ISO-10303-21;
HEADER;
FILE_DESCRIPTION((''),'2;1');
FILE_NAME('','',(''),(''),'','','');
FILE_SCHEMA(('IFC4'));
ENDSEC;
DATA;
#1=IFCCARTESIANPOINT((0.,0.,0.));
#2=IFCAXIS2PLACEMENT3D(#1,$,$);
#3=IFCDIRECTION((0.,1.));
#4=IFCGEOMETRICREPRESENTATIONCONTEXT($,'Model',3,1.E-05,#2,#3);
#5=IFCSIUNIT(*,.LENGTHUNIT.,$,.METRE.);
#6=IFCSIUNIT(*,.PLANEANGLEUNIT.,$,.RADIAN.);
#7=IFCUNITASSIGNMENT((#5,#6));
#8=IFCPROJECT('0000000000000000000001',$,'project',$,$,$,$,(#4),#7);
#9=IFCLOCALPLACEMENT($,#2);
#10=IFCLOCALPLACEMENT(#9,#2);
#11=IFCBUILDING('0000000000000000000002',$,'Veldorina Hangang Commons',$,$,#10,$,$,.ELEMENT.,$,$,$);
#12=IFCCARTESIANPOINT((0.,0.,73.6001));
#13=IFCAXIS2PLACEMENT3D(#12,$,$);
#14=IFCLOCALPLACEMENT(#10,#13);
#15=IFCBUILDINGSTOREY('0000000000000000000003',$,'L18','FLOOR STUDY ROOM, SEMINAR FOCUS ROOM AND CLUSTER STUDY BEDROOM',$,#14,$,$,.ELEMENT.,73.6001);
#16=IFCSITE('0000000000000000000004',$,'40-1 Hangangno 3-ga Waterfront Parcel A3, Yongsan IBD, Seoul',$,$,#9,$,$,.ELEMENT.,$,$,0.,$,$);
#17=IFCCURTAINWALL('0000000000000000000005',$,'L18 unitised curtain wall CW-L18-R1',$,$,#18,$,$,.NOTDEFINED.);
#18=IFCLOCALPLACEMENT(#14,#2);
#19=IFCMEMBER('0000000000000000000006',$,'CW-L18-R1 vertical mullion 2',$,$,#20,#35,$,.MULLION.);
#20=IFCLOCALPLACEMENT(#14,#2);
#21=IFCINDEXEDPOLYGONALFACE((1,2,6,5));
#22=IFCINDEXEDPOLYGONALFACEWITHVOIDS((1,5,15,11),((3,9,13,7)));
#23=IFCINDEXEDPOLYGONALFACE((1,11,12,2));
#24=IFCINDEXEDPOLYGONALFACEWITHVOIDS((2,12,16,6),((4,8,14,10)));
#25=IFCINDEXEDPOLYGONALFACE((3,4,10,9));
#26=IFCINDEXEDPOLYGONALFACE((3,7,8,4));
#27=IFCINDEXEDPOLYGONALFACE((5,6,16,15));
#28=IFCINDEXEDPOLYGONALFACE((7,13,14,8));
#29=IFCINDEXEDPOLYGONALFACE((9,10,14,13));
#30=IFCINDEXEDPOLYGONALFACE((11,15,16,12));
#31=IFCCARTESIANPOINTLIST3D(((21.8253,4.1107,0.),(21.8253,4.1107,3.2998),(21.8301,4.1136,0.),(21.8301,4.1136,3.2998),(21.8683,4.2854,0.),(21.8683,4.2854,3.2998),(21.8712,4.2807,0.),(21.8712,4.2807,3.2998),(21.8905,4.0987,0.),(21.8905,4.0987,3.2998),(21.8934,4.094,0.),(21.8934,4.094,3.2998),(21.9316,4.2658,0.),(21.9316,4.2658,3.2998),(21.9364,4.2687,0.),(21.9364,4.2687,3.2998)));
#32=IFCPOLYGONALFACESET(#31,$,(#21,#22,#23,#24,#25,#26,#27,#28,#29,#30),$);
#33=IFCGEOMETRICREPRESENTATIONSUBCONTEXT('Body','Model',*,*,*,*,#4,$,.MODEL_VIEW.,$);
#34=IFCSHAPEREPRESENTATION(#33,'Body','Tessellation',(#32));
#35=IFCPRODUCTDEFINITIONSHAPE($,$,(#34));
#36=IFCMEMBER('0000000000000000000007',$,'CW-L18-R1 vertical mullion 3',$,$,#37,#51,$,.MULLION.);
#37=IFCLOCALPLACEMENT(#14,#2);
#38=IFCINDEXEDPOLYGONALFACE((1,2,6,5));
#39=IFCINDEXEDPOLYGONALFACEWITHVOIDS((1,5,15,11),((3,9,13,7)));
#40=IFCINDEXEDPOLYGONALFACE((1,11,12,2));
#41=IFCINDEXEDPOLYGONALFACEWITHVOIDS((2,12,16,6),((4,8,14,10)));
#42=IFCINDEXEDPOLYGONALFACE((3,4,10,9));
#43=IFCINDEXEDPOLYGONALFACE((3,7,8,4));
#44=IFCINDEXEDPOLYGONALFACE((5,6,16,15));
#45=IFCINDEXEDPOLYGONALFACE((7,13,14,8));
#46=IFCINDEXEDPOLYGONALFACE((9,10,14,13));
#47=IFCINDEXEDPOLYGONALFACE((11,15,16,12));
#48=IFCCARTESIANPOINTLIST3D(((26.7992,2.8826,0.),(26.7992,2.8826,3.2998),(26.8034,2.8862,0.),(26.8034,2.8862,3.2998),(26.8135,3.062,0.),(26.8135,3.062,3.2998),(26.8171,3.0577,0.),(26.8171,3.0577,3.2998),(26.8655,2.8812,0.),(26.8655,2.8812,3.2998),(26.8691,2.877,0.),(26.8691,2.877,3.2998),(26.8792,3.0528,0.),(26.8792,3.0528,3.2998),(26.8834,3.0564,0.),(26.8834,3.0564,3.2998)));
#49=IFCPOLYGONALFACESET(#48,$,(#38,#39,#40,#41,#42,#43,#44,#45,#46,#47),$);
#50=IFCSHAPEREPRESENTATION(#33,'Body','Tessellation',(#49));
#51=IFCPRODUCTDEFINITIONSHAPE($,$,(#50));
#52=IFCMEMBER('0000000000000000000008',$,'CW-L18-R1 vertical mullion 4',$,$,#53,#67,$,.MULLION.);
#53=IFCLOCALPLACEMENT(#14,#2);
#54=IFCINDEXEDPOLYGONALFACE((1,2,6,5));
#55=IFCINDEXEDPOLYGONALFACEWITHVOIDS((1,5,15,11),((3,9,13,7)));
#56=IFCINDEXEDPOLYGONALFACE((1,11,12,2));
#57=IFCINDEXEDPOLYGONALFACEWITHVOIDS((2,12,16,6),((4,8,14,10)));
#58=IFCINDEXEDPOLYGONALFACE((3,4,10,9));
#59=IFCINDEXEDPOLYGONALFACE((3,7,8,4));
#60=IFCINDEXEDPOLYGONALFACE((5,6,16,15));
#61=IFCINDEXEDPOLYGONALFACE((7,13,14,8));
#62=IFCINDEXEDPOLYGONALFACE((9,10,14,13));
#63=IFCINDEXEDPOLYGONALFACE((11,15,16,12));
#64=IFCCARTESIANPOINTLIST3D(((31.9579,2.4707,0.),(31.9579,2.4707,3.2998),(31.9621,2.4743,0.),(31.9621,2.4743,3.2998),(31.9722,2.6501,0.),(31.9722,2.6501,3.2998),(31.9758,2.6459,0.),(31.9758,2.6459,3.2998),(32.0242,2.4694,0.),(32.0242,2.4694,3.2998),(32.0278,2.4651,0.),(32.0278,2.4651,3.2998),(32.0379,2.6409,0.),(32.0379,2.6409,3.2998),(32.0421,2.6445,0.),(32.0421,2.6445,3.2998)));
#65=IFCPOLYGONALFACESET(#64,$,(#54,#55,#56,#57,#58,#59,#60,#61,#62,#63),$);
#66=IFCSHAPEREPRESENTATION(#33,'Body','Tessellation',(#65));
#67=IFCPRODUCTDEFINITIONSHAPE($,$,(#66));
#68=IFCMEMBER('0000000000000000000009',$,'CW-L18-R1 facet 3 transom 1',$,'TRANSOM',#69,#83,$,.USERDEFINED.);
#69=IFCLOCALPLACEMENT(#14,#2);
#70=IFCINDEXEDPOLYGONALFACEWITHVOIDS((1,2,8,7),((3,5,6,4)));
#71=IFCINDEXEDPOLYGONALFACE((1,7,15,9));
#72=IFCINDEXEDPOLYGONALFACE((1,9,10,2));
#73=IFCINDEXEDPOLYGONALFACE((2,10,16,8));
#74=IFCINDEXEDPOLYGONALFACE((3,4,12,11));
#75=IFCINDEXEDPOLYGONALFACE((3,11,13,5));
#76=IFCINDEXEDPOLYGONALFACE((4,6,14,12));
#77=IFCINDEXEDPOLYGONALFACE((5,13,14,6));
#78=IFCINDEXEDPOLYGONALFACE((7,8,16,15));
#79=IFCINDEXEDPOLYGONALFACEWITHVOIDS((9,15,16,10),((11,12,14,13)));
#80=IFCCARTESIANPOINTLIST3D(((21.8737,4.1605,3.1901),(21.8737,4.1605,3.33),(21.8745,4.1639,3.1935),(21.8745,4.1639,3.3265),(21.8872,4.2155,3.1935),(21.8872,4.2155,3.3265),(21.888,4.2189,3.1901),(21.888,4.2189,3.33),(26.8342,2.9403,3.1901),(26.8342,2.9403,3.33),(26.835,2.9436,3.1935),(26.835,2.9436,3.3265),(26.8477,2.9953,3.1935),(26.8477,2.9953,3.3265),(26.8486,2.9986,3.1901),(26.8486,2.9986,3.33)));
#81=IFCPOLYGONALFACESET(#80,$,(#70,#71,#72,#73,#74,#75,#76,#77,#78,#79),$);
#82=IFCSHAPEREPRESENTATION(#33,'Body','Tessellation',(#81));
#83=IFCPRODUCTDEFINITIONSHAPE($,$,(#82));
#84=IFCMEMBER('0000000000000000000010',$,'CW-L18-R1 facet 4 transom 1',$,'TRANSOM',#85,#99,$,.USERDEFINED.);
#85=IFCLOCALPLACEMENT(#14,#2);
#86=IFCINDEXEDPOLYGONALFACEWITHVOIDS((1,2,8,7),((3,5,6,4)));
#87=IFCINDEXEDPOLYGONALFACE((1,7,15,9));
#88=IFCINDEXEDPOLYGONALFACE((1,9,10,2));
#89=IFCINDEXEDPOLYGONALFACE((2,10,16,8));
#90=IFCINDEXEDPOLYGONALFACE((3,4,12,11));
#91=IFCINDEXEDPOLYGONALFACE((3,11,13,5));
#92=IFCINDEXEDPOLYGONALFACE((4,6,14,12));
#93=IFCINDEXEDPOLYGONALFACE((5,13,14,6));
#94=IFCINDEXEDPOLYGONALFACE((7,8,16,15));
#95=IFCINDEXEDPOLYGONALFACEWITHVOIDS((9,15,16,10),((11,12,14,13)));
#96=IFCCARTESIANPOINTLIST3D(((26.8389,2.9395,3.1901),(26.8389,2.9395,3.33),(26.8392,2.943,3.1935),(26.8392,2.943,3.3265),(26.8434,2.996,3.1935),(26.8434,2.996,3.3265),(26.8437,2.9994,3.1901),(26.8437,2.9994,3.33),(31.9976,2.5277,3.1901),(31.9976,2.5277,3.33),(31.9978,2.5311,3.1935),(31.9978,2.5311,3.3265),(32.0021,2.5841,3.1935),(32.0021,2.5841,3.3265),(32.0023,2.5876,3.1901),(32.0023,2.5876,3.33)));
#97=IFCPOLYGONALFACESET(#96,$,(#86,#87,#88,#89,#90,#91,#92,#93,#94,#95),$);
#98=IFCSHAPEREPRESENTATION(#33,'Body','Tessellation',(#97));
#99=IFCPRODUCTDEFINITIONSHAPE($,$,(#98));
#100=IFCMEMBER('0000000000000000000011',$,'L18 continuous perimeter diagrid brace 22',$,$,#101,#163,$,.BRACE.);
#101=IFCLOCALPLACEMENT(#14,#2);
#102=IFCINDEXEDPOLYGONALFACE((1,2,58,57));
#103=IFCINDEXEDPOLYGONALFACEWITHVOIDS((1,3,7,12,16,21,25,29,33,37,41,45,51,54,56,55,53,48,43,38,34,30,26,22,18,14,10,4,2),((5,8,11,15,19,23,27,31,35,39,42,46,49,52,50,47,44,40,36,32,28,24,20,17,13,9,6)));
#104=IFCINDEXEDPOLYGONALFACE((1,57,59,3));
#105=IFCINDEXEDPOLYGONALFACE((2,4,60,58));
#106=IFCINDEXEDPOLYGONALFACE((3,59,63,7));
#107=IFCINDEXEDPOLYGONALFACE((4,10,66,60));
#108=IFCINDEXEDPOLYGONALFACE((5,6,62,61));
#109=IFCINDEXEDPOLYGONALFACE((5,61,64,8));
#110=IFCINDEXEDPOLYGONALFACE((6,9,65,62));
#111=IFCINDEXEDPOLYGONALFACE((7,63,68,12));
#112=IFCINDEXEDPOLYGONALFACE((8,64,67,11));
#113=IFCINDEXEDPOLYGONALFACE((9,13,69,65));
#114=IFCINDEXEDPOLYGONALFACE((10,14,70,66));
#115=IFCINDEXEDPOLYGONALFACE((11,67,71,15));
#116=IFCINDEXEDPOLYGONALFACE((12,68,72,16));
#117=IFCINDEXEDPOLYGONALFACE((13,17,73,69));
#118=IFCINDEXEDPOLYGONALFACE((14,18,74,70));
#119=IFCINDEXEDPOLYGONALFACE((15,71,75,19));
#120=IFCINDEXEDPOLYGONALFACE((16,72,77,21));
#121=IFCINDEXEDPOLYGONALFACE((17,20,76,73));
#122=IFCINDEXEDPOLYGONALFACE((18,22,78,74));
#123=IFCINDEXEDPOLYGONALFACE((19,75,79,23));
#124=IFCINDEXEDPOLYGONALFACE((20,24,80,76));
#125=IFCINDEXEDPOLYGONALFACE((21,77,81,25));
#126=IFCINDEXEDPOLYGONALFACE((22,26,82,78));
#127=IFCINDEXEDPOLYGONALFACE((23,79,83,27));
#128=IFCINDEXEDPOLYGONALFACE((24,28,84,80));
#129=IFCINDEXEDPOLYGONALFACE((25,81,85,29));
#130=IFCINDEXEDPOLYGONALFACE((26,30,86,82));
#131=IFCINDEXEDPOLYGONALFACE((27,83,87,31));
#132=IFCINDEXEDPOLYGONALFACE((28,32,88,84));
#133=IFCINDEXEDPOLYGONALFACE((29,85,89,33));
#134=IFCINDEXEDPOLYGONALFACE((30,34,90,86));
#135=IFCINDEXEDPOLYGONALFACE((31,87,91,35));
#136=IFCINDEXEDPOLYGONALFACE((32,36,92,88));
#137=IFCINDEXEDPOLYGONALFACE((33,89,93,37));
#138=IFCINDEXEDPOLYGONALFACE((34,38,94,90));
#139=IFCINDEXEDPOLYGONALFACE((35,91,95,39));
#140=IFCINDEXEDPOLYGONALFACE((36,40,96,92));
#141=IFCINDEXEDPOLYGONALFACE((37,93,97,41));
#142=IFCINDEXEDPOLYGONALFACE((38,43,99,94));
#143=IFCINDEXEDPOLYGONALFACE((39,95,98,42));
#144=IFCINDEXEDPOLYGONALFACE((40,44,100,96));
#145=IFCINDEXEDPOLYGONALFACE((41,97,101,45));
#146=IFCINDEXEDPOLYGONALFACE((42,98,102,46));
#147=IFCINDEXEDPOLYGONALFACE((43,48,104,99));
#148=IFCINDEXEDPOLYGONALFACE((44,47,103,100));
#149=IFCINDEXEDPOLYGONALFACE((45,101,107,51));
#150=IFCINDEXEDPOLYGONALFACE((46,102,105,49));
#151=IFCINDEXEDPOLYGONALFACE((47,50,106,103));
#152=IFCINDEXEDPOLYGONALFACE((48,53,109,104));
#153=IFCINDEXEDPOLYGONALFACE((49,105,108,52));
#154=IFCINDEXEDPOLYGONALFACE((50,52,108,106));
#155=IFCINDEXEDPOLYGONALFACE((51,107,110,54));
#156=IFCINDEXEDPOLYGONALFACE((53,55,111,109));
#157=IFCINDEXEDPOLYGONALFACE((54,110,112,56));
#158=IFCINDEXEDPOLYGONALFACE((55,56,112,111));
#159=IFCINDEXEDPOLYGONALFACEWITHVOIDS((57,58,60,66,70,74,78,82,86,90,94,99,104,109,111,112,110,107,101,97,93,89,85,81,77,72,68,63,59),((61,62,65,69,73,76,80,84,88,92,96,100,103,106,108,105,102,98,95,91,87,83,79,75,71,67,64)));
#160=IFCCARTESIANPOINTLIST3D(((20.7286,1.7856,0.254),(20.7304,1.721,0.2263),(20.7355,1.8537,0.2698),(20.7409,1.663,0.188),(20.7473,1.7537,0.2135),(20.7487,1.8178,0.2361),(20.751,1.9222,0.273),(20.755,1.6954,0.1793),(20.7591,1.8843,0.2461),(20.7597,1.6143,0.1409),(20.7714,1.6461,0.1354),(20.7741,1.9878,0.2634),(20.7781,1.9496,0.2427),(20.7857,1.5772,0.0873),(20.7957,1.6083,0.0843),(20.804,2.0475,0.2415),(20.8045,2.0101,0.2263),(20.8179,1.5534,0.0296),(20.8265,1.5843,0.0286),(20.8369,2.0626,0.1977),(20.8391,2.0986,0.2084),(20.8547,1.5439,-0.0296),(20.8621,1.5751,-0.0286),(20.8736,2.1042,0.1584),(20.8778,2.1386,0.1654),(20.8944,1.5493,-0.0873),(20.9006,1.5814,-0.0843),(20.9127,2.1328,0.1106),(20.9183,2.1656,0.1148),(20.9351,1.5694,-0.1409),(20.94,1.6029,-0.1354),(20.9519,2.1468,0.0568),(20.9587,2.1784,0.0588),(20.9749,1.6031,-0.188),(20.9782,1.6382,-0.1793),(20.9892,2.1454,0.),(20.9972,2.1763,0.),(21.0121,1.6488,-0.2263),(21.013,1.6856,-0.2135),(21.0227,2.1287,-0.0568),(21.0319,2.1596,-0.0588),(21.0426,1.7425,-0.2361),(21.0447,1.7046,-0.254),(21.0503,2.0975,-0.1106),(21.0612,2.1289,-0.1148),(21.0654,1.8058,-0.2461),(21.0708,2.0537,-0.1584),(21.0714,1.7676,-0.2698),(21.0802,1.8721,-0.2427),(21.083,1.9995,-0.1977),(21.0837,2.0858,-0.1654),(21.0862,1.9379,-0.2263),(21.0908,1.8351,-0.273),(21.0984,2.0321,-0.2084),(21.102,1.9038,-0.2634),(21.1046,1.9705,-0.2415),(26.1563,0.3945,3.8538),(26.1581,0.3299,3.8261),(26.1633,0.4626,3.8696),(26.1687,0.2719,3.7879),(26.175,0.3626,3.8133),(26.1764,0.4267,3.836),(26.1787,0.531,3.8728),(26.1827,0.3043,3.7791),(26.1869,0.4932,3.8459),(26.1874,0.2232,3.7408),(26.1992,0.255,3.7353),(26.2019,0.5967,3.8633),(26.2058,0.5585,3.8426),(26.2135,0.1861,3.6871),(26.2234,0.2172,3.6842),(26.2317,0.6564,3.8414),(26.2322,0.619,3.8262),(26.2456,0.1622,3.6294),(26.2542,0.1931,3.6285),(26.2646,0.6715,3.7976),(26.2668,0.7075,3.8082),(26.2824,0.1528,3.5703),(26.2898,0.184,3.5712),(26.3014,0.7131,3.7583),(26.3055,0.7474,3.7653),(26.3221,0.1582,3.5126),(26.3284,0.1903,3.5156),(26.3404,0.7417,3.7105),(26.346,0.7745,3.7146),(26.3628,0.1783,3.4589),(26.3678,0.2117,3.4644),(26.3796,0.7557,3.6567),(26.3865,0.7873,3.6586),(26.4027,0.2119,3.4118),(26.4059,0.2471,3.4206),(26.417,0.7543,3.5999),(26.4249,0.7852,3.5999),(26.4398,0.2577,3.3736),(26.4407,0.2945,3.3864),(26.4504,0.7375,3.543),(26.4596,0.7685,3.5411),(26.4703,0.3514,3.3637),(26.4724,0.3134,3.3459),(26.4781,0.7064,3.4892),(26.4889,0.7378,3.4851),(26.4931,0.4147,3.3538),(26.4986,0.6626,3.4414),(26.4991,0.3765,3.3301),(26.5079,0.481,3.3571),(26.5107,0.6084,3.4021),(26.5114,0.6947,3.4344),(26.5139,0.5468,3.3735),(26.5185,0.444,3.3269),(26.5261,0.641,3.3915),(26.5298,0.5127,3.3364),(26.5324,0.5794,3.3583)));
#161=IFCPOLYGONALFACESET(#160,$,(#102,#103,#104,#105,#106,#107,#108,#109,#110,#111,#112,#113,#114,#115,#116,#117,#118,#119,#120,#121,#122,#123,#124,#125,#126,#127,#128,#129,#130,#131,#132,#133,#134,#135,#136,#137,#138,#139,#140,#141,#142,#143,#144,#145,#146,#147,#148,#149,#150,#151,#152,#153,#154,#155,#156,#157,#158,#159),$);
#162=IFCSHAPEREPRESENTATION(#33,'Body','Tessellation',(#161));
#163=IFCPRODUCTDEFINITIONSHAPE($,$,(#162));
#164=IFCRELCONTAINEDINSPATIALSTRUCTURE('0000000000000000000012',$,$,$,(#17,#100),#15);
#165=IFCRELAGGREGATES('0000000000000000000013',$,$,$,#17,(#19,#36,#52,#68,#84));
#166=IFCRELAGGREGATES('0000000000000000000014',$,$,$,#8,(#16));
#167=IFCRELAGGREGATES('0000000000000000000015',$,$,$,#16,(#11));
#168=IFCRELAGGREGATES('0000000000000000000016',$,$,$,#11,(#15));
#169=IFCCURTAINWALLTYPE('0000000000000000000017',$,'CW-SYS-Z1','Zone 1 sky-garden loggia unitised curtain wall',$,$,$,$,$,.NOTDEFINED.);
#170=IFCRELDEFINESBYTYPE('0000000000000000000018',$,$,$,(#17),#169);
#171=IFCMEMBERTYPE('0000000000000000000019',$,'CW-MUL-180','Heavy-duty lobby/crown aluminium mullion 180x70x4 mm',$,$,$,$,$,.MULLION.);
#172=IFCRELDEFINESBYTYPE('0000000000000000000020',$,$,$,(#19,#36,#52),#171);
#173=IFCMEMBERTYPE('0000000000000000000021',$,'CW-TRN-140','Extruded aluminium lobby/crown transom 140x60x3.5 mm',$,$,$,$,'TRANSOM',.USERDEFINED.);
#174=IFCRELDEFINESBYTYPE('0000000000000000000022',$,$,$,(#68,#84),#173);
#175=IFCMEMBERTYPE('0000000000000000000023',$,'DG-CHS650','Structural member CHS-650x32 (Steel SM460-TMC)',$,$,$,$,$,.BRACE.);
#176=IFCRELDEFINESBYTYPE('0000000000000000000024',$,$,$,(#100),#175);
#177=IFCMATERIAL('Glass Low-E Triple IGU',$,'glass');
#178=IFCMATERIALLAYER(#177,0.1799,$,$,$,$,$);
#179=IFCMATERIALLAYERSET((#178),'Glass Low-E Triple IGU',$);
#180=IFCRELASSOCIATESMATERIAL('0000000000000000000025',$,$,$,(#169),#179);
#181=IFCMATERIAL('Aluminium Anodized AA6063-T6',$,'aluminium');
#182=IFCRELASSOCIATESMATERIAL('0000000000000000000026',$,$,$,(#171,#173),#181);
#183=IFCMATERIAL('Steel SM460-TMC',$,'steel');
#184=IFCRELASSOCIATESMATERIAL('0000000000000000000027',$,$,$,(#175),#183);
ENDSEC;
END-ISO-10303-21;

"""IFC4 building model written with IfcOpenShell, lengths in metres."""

from ifc_helpers import new_model, si_unit, direction, frame, origin, origin_2d, place, context, subcontext, project, spatial, hollow_rectangle, hollow_circle, extrude, material, layer, layer_set, material_profile, profile_set, type_object, element, aggregate, save


model = new_model("IFC4")

# Units and contexts
model_context = context("Model", 3, precision=1e-05, world=origin(), true_north=direction((0.0, 1.0)))
body_context = subcontext(model_context, "Body", "Model", "MODEL_VIEW")
ifc_project = project(units=[si_unit("LENGTHUNIT", "METRE"), si_unit("PLANEANGLEUNIT", "RADIAN")], contexts=[model_context])

# Site, building, storey
site_placement = place(None, origin())
site = spatial("IfcSite", under=ifc_project, at=site_placement, Name="40-1 Hangangno 3-ga Waterfront Parcel A3, Yongsan IBD, Seoul", CompositionType="ELEMENT", RefElevation=0.0)
building_placement = place(site_placement, origin())
building = spatial("IfcBuilding", under=site, at=building_placement, Name="Veldorina Hangang Commons", CompositionType="ELEMENT")
storey_placement = place(building_placement, frame((0.0, 0.0, 73.6001)))
storey = spatial("IfcBuildingStorey", under=building, at=storey_placement, Name="L18", Description="FLOOR STUDY ROOM, SEMINAR FOCUS ROOM AND CLUSTER STUDY BEDROOM", CompositionType="ELEMENT", Elevation=73.6001)

# Curtain wall, members
ifc_material_1 = material(Name="Glass Low-E Triple IGU", Category="glass")
ifc_layer_1 = layer(ifc_material_1, 0.1799)
ifc_layer_set_1 = layer_set([ifc_layer_1], Name="Glass Low-E Triple IGU")
curtain_wall_type = type_object("IfcCurtainWallType", Name="CW-SYS-Z1", Description="Zone 1 sky-garden loggia unitised curtain wall", PredefinedType="NOTDEFINED", material=ifc_layer_set_1)
curtain_wall_placement = place(storey_placement, origin())
curtain_wall = element("IfcCurtainWall", 1, at=curtain_wall_placement, inside=storey, type_object=curtain_wall_type, Name="L18 unitised curtain wall CW-L18-R1", PredefinedType="NOTDEFINED")
ifc_material_2 = material(Name="Aluminium Anodized AA6063-T6", Category="aluminium")
ifc_material_profile_1 = material_profile(ifc_material_2, hollow_rectangle(XDim=0.0701, YDim=0.1799, WallThickness=0.0039, at=origin_2d()), Name="ALU-RHS-180x70x4")
ifc_profile_set_1 = profile_set([ifc_material_profile_1], Name="Aluminium Anodized AA6063-T6")
member_type_1 = type_object("IfcMemberType", Name="CW-MUL-180", Description="Heavy-duty lobby/crown aluminium mullion 180x70x4 mm", PredefinedType="MULLION", material=ifc_profile_set_1)
member_1_placement = place(storey_placement, frame((21.8809, 4.1897, 0.0), z_axis=(0.0, 0.0, 1.0), x_axis=(0.971051, -0.238872, 0.0)))
member_1 = element("IfcMember", 2, at=member_1_placement, type_object=member_type_1, Name="CW-L18-R1 vertical mullion 2", PredefinedType="MULLION", context=body_context, shape_type="SweptSolid", body=[
    extrude(hollow_rectangle(XDim=0.0701, YDim=0.1799, WallThickness=0.0039, at=origin_2d()), origin(), (0.0, 0.0, 1.0), 3.2998),
])
member_2_placement = place(storey_placement, frame((26.8413, 2.9695, 0.0), z_axis=(0.0, 0.0, 1.0), x_axis=(0.996826, -0.079607, 0.0)))
member_2 = element("IfcMember", 3, at=member_2_placement, type_object=member_type_1, Name="CW-L18-R1 vertical mullion 3", PredefinedType="MULLION", context=body_context, shape_type="SweptSolid", body=[
    extrude(hollow_rectangle(XDim=0.0701, YDim=0.1799, WallThickness=0.0039, at=origin_2d()), origin(), (0.0, 0.0, 1.0), 3.2998),
])
member_3_placement = place(storey_placement, frame((32.0, 2.5576, 0.0), z_axis=(0.0, 0.0, 1.0), x_axis=(-0.996826, 0.079607, 0.0)))
member_3 = element("IfcMember", 4, at=member_3_placement, type_object=member_type_1, Name="CW-L18-R1 vertical mullion 4", PredefinedType="MULLION", context=body_context, shape_type="SweptSolid", body=[
    extrude(hollow_rectangle(XDim=0.0701, YDim=0.1799, WallThickness=0.0039, at=origin_2d()), origin(), (0.0, 0.0, 1.0), 3.2998),
])
ifc_material_profile_2 = material_profile(ifc_material_2, hollow_rectangle(XDim=0.0601, YDim=0.1399, WallThickness=0.0034, at=origin_2d()), Name="ALU-RHS-140x60x3.5")
ifc_profile_set_2 = profile_set([ifc_material_profile_2], Name="Aluminium Anodized AA6063-T6")
member_type_2 = type_object("IfcMemberType", Name="CW-TRN-140", Description="Extruded aluminium lobby/crown transom 140x60x3.5 mm", ElementType="TRANSOM", PredefinedType="USERDEFINED", material=ifc_profile_set_2)
member_4_placement = place(storey_placement, frame((21.8809, 4.1897, 3.26), z_axis=(0.971052, -0.238868, 0.0), x_axis=(0.238868, 0.971052, 0.0)))
member_4 = element("IfcMember", 5, at=member_4_placement, type_object=member_type_2, Name="CW-L18-R1 facet 3 transom 1", ObjectType="TRANSOM", PredefinedType="USERDEFINED", context=body_context, shape_type="SweptSolid", body=[
    extrude(hollow_rectangle(XDim=0.0601, YDim=0.1399, WallThickness=0.0034, at=origin_2d()), origin(), (0.0, 0.0, 1.0), 5.1084),
])
member_5_placement = place(storey_placement, frame((26.8413, 2.9695, 3.26), z_axis=(0.996828, -0.079586, 0.0), x_axis=(0.079586, 0.996828, 0.0)))
member_5 = element("IfcMember", 6, at=member_5_placement, type_object=member_type_2, Name="CW-L18-R1 facet 4 transom 1", ObjectType="TRANSOM", PredefinedType="USERDEFINED", context=body_context, shape_type="SweptSolid", body=[
    extrude(hollow_rectangle(XDim=0.0601, YDim=0.1399, WallThickness=0.0034, at=origin_2d()), origin(), (0.0, 0.0, 1.0), 5.175),
])

# Member
ifc_material_3 = material(Name="Steel SM460-TMC", Category="steel")
ifc_material_profile_3 = material_profile(ifc_material_3, hollow_circle(Radius=0.325, WallThickness=0.032, at=origin_2d()), Name="CHS-650x32")
ifc_profile_set_3 = profile_set([ifc_material_profile_3], Name="Steel SM460-TMC")
member_type_3 = type_object("IfcMemberType", Name="DG-CHS650", Description="Structural member CHS-650x32 (Steel SM460-TMC)", PredefinedType="BRACE", material=ifc_profile_set_3)
member_6_placement = place(storey_placement, frame((20.9165, 1.8616, 0.0), z_axis=(0.814986, -0.208879, 0.540526), x_axis=(0.248273, 0.96869, 0.0)))
element("IfcMember", 7, at=member_6_placement, inside=storey, type_object=member_type_3, Name="L18 continuous perimeter diagrid brace 22", PredefinedType="BRACE", context=body_context, shape_type="SweptSolid", body=[
    extrude(hollow_circle(Radius=0.325, WallThickness=0.032, at=origin_2d()), origin(), (0.0, 0.0, 1.0), 6.6599),
])

aggregate(curtain_wall, [member_1, member_2, member_3, member_4, member_5])

save(model, "model.ifc")
